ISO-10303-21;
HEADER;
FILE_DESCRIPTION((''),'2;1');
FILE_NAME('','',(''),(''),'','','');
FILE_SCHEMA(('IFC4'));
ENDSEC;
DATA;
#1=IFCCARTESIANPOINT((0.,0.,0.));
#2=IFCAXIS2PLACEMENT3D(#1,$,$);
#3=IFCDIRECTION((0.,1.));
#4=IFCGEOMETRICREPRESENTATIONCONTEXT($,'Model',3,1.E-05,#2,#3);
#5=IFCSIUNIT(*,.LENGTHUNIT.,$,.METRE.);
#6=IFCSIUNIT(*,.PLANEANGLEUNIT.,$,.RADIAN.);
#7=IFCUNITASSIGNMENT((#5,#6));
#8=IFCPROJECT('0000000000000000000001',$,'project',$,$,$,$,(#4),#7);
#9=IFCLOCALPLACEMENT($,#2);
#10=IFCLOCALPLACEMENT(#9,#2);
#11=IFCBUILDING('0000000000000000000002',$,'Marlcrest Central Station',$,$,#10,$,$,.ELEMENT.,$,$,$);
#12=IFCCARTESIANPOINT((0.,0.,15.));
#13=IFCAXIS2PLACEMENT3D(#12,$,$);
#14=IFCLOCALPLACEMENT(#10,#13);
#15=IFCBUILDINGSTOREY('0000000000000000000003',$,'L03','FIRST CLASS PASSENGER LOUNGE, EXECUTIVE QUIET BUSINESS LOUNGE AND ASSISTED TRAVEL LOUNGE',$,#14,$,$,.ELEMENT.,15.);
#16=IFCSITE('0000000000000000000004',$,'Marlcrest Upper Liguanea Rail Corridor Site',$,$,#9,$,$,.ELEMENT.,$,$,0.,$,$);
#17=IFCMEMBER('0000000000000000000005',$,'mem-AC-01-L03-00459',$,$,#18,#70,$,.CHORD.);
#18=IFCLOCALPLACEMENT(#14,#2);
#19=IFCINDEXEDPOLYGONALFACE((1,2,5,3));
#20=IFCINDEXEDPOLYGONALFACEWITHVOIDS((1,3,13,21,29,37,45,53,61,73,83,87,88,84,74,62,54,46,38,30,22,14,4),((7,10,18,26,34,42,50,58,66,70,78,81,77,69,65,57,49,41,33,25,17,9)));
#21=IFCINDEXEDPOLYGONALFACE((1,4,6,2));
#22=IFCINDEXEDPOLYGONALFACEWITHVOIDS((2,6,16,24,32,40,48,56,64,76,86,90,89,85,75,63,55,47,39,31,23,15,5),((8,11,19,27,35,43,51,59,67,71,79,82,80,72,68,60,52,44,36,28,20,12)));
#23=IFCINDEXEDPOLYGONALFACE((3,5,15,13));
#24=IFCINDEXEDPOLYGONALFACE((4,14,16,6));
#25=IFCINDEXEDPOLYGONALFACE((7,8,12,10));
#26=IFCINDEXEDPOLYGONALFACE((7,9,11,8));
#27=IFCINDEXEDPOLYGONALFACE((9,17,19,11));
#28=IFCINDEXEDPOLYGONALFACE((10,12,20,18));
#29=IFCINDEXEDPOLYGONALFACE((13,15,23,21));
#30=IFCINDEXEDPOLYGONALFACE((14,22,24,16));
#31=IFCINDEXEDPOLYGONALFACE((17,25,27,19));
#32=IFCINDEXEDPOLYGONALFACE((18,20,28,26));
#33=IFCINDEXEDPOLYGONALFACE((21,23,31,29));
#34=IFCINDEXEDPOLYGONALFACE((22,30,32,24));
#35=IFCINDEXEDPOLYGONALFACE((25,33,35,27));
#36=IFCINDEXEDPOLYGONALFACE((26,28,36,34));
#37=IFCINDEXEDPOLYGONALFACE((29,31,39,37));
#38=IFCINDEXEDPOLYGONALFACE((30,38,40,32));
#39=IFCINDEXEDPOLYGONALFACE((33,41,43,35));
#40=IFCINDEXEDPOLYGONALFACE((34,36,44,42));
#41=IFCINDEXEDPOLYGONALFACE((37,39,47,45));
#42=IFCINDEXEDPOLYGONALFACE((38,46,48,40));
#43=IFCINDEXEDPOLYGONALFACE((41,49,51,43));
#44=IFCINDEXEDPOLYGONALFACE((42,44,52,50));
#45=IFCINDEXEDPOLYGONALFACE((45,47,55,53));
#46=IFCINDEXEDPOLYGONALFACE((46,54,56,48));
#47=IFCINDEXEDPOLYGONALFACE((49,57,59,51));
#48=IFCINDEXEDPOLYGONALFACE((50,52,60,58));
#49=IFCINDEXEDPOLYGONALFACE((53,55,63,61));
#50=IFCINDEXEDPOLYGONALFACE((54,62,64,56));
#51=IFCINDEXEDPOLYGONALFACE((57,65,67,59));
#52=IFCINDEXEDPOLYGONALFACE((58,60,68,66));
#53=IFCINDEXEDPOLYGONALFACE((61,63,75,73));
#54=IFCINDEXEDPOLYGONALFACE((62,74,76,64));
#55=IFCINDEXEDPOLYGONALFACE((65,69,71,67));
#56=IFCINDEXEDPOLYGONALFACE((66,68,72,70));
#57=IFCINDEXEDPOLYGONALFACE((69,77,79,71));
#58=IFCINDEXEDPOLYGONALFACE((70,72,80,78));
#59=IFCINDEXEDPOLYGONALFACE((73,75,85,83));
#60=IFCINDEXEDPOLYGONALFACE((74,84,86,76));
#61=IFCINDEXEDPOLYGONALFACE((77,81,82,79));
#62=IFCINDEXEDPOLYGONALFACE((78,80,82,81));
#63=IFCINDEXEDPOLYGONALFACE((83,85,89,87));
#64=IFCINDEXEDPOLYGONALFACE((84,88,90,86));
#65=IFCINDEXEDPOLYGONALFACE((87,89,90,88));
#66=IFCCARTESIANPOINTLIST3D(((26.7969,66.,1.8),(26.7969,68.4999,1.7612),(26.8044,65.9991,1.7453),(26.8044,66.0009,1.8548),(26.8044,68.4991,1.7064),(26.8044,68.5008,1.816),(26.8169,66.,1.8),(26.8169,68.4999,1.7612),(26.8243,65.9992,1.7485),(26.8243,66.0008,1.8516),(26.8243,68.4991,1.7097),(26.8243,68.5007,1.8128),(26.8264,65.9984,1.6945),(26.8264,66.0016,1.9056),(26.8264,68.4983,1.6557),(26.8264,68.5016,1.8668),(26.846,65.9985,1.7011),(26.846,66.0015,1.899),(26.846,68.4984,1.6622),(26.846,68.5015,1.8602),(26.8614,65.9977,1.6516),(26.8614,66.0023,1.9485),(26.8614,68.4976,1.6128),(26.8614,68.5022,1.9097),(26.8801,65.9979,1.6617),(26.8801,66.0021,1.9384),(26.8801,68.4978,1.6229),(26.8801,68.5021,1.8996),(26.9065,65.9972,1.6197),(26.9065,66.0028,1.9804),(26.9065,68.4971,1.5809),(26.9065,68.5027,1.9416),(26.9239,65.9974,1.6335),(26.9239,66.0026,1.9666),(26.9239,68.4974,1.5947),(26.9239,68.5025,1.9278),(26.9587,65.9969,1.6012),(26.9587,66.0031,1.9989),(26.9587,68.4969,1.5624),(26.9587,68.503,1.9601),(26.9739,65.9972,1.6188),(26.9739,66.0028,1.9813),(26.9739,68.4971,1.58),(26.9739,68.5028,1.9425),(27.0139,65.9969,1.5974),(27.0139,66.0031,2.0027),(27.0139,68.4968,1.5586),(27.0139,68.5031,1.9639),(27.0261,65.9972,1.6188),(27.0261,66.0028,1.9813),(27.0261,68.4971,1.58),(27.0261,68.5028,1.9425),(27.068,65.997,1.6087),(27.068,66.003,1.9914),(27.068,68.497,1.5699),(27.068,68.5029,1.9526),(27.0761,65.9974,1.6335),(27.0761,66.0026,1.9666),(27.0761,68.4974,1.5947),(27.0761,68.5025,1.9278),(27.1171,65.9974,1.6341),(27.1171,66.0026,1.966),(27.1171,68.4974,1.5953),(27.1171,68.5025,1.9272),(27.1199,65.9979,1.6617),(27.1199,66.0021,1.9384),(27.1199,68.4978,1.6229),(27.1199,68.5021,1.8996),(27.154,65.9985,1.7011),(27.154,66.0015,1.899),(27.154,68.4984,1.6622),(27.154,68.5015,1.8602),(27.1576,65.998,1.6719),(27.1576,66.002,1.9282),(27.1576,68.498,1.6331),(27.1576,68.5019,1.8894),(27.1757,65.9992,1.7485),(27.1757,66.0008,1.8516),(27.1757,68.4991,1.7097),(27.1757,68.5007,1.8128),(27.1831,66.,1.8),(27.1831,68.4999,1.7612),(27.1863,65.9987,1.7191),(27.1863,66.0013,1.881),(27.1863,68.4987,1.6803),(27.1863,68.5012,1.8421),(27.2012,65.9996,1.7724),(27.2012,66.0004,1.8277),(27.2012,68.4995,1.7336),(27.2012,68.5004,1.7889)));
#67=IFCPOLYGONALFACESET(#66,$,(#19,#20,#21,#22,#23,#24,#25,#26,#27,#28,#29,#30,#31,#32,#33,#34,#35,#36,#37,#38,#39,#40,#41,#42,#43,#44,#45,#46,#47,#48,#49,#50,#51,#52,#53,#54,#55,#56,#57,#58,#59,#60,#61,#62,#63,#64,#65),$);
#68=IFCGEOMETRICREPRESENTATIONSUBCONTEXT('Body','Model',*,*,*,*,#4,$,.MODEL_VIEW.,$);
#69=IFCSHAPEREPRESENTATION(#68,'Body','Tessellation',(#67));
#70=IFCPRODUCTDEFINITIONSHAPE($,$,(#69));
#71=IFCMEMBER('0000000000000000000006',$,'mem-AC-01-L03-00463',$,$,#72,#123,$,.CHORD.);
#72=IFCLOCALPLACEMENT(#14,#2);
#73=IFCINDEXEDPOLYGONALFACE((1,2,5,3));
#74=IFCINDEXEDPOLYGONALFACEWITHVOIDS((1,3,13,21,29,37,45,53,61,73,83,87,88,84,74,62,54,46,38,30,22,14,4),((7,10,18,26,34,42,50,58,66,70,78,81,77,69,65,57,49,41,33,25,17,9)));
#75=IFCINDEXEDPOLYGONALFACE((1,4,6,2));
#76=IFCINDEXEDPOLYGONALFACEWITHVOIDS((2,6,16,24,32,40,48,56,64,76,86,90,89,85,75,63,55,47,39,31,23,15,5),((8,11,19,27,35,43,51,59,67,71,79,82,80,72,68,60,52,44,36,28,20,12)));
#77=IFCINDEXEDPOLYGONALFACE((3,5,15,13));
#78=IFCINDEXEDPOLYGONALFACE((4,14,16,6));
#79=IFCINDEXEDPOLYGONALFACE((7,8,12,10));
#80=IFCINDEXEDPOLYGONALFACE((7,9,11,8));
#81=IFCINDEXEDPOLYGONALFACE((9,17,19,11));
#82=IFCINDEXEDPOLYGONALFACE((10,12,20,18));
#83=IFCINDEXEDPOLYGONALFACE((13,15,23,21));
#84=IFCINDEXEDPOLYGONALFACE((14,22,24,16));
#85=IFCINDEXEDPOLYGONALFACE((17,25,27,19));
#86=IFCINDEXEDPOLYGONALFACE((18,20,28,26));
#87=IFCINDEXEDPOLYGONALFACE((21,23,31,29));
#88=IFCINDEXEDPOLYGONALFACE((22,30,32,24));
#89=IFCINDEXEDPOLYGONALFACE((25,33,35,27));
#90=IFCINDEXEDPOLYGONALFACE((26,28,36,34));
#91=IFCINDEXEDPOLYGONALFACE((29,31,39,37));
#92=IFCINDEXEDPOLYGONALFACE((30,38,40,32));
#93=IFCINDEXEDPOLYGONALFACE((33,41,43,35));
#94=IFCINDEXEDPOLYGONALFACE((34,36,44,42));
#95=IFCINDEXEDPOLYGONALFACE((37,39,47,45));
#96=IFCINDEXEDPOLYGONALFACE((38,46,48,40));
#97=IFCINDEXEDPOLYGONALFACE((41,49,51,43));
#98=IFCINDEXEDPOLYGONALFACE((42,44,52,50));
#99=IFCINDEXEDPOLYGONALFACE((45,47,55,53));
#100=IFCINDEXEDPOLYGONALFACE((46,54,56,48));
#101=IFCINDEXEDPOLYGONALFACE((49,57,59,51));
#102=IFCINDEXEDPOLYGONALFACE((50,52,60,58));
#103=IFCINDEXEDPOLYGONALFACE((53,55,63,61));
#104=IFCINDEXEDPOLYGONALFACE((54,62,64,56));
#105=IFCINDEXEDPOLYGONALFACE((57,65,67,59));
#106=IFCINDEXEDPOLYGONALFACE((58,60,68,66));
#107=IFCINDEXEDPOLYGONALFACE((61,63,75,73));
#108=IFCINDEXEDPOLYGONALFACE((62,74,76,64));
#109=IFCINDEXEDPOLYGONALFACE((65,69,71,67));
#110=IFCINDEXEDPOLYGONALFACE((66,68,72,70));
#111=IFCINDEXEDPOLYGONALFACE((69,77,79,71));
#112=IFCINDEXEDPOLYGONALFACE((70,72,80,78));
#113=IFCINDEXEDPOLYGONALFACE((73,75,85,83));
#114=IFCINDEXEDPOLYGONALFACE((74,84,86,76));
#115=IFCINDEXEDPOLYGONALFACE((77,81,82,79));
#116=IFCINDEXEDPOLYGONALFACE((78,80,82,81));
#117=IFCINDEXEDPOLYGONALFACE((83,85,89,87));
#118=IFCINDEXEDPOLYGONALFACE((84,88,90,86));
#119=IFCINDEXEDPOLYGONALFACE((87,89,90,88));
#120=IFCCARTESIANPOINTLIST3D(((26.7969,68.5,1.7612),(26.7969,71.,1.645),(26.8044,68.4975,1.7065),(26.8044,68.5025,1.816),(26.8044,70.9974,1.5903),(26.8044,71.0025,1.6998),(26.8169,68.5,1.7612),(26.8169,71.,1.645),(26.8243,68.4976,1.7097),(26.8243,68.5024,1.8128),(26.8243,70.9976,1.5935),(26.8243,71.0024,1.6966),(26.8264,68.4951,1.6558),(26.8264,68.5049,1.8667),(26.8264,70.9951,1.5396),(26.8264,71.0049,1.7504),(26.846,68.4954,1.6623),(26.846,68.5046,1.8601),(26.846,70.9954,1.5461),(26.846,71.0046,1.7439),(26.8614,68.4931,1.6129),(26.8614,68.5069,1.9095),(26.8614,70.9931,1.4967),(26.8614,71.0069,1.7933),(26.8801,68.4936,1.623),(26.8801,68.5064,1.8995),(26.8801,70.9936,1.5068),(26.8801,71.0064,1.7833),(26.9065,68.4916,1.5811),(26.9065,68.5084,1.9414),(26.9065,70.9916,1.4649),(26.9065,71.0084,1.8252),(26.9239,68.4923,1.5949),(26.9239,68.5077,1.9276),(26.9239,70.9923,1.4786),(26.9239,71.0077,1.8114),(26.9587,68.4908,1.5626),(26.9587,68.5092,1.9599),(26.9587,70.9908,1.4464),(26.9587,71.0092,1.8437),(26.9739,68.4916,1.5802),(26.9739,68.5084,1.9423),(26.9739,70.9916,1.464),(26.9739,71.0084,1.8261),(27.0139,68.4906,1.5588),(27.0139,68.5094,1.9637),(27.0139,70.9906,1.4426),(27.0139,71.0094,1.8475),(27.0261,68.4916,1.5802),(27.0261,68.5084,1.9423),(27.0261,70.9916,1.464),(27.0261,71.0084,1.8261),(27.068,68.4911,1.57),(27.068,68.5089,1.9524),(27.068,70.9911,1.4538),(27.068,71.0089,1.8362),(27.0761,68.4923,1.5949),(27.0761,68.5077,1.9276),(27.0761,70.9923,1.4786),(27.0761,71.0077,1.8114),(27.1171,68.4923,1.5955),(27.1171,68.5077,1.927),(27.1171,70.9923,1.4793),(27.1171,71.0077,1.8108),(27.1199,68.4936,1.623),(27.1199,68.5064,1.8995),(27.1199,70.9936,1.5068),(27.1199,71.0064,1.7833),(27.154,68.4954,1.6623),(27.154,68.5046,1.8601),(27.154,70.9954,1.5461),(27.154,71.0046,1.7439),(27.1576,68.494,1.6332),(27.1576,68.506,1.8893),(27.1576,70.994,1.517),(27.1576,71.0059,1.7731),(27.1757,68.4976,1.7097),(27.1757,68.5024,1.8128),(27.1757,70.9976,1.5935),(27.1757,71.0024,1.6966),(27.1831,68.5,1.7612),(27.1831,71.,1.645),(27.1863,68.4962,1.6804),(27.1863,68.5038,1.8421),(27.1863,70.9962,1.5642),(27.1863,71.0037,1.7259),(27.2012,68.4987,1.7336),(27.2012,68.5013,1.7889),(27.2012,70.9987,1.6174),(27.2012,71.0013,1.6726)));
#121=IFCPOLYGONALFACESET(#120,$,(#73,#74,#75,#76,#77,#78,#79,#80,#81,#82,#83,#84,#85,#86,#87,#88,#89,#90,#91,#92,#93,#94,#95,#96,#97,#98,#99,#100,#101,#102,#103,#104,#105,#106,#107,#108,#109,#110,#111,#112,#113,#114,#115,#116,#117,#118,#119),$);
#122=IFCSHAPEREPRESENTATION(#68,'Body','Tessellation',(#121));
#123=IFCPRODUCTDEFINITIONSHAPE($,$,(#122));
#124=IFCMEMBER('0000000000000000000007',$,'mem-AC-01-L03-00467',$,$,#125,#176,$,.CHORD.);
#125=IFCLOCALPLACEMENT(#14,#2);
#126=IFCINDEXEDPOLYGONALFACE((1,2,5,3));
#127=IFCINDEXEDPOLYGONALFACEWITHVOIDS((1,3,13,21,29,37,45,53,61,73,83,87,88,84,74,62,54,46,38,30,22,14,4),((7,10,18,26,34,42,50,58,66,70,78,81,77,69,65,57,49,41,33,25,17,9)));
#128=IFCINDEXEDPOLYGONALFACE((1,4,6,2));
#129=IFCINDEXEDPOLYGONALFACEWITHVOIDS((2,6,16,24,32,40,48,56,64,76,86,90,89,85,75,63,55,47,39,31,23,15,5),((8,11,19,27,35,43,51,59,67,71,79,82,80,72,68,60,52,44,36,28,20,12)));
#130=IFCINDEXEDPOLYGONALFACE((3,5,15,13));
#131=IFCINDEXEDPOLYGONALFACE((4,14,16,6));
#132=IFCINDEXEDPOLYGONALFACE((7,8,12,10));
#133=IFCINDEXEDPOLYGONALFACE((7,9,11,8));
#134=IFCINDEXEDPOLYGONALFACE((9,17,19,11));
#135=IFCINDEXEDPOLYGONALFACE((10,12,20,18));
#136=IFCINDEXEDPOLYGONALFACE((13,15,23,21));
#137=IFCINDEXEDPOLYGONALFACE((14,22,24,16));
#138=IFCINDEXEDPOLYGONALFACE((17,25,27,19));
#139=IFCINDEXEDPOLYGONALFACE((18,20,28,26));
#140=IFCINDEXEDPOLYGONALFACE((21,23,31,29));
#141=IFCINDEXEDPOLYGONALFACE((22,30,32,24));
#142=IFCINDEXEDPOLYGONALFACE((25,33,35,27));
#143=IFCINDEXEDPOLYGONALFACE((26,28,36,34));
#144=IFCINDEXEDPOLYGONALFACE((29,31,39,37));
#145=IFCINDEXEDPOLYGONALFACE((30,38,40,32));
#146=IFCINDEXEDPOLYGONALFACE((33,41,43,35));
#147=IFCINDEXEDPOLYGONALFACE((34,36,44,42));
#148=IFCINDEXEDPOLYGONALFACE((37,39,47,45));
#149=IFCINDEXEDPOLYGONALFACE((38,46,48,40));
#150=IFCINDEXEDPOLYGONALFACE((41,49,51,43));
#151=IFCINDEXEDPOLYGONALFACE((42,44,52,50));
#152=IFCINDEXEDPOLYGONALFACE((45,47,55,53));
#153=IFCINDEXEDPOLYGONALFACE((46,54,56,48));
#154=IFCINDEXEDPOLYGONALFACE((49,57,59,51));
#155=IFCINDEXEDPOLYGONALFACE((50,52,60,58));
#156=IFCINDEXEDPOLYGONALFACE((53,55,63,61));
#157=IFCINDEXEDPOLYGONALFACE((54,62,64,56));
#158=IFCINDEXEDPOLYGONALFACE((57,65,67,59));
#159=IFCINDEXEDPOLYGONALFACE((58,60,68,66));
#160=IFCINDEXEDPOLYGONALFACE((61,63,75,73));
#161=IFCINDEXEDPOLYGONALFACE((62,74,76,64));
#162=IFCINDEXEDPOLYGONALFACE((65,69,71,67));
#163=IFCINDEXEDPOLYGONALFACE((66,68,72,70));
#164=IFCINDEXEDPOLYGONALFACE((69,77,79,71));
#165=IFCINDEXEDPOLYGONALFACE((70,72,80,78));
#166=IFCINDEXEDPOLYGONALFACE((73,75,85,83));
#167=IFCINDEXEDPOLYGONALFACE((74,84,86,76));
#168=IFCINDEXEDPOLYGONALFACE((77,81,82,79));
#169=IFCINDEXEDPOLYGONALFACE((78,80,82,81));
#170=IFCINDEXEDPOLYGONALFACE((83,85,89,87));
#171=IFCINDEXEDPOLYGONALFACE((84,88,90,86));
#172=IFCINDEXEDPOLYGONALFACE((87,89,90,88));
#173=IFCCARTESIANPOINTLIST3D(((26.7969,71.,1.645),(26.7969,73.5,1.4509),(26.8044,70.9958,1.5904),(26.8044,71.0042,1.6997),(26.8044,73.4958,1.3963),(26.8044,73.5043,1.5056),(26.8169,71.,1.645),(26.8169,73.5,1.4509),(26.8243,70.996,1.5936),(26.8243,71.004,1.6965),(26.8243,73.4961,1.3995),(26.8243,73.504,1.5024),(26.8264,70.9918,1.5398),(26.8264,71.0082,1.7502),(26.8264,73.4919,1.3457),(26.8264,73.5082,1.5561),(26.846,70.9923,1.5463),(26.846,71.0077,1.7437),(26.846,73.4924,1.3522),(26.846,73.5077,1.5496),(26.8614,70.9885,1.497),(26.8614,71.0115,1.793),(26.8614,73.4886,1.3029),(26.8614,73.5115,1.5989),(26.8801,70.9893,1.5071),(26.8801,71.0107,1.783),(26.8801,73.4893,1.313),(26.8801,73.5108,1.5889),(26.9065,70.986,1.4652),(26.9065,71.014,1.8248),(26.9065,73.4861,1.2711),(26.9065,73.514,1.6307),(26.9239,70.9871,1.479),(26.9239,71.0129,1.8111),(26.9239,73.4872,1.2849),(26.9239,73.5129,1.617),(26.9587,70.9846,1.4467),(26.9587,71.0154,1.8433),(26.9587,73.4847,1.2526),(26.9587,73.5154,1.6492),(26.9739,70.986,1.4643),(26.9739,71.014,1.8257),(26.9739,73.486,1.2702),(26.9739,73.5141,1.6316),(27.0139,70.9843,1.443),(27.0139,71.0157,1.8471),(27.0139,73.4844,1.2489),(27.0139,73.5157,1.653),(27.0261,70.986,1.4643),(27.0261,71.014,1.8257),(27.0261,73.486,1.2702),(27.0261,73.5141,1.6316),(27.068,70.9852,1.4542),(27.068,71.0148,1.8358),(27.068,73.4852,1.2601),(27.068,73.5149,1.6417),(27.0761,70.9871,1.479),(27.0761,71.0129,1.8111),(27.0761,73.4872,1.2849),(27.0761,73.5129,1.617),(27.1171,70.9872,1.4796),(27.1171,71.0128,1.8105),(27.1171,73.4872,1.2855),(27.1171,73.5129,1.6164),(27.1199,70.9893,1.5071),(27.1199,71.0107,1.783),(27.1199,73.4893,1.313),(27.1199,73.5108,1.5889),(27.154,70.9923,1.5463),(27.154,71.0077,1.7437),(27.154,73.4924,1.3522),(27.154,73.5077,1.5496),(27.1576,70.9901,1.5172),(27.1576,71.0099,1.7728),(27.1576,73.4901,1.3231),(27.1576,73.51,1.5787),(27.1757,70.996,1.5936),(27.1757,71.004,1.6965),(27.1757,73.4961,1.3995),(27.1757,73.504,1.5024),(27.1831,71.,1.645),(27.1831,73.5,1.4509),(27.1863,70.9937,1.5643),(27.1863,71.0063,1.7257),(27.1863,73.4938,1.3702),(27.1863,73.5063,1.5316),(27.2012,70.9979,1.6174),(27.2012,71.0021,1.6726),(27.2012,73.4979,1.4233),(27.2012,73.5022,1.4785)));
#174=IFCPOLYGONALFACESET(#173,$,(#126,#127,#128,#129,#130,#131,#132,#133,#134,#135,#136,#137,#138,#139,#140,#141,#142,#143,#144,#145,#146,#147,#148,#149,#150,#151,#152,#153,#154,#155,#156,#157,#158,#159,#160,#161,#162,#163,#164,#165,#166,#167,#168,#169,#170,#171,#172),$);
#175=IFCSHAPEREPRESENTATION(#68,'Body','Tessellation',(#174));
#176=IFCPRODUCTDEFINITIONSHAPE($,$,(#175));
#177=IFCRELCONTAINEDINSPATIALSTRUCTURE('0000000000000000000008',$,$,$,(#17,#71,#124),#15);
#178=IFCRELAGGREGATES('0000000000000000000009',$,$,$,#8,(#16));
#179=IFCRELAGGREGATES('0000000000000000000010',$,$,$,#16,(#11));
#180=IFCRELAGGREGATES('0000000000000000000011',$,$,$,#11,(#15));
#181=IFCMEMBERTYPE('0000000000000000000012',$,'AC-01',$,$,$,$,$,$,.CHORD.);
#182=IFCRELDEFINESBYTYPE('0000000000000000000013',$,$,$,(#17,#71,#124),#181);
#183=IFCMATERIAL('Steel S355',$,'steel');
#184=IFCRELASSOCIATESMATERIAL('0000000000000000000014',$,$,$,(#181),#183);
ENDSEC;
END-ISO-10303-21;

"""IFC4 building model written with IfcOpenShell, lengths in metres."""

from ifc_helpers import new_model, si_unit, direction, frame, origin, origin_2d, place, context, subcontext, project, spatial, hollow_circle, extrude, material, material_profile, profile_set, type_object, element, save


model = new_model("IFC4")

# Units and contexts
model_context = context("Model", 3, precision=1e-05, world=origin(), true_north=direction((0.0, 1.0)))
body_context = subcontext(model_context, "Body", "Model", "MODEL_VIEW")
ifc_project = project(units=[si_unit("LENGTHUNIT", "METRE"), si_unit("PLANEANGLEUNIT", "RADIAN")], contexts=[model_context])

# Site, building, storey
site_placement = place(None, origin())
site = spatial("IfcSite", under=ifc_project, at=site_placement, Name="Marlcrest Upper Liguanea Rail Corridor Site", CompositionType="ELEMENT", RefElevation=0.0)
building_placement = place(site_placement, origin())
building = spatial("IfcBuilding", under=site, at=building_placement, Name="Marlcrest Central Station", CompositionType="ELEMENT")
storey_placement = place(building_placement, frame((0.0, 0.0, 15.0)))
storey = spatial("IfcBuildingStorey", under=building, at=storey_placement, Name="L03", Description="FIRST CLASS PASSENGER LOUNGE, EXECUTIVE QUIET BUSINESS LOUNGE AND ASSISTED TRAVEL LOUNGE", CompositionType="ELEMENT", Elevation=15.0)

# Members
ifc_material_1 = material(Name="Steel S355", Category="steel")
ifc_material_profile_1 = material_profile(ifc_material_1, hollow_circle(Radius=0.2031, WallThickness=0.02, at=origin_2d()), Name="CHS 406.4x20")
ifc_profile_set_1 = profile_set([ifc_material_profile_1], Name="Steel S355")
member_type_1 = type_object("IfcMemberType", Name="AC-01", PredefinedType="CHORD", material=ifc_profile_set_1)
member_1_placement = place(storey_placement, frame((27.0, 66.0, 1.8), z_axis=(0.0, 0.999879, -0.015525), x_axis=(-1.0, 0.0, 0.0)))
element("IfcMember", 1, at=member_1_placement, inside=storey, type_object=member_type_1, Name="mem-AC-01-L03-00459", PredefinedType="CHORD", context=body_context, shape_type="SweptSolid", body=[
    extrude(hollow_circle(Radius=0.2031, WallThickness=0.02, at=origin_2d()), origin(), (0.0, 0.0, 1.0), 2.5002),
])
member_2_placement = place(storey_placement, frame((27.0, 68.5, 1.7612), z_axis=(0.0, 0.998921, -0.046434), x_axis=(-1.0, 0.0, 0.0)))
element("IfcMember", 2, at=member_2_placement, inside=storey, type_object=member_type_1, Name="mem-AC-01-L03-00463", PredefinedType="CHORD", context=body_context, shape_type="SweptSolid", body=[
    extrude(hollow_circle(Radius=0.2031, WallThickness=0.02, at=origin_2d()), origin(), (0.0, 0.0, 1.0), 2.5027),
])
member_3_placement = place(storey_placement, frame((27.0, 71.0, 1.645), z_axis=(0.0, 0.997, -0.077404), x_axis=(-1.0, 0.0, 0.0)))
element("IfcMember", 3, at=member_3_placement, inside=storey, type_object=member_type_1, Name="mem-AC-01-L03-00467", PredefinedType="CHORD", context=body_context, shape_type="SweptSolid", body=[
    extrude(hollow_circle(Radius=0.2031, WallThickness=0.02, at=origin_2d()), origin(), (0.0, 0.0, 1.0), 2.5076),
])

save(model, "model.ifc")
